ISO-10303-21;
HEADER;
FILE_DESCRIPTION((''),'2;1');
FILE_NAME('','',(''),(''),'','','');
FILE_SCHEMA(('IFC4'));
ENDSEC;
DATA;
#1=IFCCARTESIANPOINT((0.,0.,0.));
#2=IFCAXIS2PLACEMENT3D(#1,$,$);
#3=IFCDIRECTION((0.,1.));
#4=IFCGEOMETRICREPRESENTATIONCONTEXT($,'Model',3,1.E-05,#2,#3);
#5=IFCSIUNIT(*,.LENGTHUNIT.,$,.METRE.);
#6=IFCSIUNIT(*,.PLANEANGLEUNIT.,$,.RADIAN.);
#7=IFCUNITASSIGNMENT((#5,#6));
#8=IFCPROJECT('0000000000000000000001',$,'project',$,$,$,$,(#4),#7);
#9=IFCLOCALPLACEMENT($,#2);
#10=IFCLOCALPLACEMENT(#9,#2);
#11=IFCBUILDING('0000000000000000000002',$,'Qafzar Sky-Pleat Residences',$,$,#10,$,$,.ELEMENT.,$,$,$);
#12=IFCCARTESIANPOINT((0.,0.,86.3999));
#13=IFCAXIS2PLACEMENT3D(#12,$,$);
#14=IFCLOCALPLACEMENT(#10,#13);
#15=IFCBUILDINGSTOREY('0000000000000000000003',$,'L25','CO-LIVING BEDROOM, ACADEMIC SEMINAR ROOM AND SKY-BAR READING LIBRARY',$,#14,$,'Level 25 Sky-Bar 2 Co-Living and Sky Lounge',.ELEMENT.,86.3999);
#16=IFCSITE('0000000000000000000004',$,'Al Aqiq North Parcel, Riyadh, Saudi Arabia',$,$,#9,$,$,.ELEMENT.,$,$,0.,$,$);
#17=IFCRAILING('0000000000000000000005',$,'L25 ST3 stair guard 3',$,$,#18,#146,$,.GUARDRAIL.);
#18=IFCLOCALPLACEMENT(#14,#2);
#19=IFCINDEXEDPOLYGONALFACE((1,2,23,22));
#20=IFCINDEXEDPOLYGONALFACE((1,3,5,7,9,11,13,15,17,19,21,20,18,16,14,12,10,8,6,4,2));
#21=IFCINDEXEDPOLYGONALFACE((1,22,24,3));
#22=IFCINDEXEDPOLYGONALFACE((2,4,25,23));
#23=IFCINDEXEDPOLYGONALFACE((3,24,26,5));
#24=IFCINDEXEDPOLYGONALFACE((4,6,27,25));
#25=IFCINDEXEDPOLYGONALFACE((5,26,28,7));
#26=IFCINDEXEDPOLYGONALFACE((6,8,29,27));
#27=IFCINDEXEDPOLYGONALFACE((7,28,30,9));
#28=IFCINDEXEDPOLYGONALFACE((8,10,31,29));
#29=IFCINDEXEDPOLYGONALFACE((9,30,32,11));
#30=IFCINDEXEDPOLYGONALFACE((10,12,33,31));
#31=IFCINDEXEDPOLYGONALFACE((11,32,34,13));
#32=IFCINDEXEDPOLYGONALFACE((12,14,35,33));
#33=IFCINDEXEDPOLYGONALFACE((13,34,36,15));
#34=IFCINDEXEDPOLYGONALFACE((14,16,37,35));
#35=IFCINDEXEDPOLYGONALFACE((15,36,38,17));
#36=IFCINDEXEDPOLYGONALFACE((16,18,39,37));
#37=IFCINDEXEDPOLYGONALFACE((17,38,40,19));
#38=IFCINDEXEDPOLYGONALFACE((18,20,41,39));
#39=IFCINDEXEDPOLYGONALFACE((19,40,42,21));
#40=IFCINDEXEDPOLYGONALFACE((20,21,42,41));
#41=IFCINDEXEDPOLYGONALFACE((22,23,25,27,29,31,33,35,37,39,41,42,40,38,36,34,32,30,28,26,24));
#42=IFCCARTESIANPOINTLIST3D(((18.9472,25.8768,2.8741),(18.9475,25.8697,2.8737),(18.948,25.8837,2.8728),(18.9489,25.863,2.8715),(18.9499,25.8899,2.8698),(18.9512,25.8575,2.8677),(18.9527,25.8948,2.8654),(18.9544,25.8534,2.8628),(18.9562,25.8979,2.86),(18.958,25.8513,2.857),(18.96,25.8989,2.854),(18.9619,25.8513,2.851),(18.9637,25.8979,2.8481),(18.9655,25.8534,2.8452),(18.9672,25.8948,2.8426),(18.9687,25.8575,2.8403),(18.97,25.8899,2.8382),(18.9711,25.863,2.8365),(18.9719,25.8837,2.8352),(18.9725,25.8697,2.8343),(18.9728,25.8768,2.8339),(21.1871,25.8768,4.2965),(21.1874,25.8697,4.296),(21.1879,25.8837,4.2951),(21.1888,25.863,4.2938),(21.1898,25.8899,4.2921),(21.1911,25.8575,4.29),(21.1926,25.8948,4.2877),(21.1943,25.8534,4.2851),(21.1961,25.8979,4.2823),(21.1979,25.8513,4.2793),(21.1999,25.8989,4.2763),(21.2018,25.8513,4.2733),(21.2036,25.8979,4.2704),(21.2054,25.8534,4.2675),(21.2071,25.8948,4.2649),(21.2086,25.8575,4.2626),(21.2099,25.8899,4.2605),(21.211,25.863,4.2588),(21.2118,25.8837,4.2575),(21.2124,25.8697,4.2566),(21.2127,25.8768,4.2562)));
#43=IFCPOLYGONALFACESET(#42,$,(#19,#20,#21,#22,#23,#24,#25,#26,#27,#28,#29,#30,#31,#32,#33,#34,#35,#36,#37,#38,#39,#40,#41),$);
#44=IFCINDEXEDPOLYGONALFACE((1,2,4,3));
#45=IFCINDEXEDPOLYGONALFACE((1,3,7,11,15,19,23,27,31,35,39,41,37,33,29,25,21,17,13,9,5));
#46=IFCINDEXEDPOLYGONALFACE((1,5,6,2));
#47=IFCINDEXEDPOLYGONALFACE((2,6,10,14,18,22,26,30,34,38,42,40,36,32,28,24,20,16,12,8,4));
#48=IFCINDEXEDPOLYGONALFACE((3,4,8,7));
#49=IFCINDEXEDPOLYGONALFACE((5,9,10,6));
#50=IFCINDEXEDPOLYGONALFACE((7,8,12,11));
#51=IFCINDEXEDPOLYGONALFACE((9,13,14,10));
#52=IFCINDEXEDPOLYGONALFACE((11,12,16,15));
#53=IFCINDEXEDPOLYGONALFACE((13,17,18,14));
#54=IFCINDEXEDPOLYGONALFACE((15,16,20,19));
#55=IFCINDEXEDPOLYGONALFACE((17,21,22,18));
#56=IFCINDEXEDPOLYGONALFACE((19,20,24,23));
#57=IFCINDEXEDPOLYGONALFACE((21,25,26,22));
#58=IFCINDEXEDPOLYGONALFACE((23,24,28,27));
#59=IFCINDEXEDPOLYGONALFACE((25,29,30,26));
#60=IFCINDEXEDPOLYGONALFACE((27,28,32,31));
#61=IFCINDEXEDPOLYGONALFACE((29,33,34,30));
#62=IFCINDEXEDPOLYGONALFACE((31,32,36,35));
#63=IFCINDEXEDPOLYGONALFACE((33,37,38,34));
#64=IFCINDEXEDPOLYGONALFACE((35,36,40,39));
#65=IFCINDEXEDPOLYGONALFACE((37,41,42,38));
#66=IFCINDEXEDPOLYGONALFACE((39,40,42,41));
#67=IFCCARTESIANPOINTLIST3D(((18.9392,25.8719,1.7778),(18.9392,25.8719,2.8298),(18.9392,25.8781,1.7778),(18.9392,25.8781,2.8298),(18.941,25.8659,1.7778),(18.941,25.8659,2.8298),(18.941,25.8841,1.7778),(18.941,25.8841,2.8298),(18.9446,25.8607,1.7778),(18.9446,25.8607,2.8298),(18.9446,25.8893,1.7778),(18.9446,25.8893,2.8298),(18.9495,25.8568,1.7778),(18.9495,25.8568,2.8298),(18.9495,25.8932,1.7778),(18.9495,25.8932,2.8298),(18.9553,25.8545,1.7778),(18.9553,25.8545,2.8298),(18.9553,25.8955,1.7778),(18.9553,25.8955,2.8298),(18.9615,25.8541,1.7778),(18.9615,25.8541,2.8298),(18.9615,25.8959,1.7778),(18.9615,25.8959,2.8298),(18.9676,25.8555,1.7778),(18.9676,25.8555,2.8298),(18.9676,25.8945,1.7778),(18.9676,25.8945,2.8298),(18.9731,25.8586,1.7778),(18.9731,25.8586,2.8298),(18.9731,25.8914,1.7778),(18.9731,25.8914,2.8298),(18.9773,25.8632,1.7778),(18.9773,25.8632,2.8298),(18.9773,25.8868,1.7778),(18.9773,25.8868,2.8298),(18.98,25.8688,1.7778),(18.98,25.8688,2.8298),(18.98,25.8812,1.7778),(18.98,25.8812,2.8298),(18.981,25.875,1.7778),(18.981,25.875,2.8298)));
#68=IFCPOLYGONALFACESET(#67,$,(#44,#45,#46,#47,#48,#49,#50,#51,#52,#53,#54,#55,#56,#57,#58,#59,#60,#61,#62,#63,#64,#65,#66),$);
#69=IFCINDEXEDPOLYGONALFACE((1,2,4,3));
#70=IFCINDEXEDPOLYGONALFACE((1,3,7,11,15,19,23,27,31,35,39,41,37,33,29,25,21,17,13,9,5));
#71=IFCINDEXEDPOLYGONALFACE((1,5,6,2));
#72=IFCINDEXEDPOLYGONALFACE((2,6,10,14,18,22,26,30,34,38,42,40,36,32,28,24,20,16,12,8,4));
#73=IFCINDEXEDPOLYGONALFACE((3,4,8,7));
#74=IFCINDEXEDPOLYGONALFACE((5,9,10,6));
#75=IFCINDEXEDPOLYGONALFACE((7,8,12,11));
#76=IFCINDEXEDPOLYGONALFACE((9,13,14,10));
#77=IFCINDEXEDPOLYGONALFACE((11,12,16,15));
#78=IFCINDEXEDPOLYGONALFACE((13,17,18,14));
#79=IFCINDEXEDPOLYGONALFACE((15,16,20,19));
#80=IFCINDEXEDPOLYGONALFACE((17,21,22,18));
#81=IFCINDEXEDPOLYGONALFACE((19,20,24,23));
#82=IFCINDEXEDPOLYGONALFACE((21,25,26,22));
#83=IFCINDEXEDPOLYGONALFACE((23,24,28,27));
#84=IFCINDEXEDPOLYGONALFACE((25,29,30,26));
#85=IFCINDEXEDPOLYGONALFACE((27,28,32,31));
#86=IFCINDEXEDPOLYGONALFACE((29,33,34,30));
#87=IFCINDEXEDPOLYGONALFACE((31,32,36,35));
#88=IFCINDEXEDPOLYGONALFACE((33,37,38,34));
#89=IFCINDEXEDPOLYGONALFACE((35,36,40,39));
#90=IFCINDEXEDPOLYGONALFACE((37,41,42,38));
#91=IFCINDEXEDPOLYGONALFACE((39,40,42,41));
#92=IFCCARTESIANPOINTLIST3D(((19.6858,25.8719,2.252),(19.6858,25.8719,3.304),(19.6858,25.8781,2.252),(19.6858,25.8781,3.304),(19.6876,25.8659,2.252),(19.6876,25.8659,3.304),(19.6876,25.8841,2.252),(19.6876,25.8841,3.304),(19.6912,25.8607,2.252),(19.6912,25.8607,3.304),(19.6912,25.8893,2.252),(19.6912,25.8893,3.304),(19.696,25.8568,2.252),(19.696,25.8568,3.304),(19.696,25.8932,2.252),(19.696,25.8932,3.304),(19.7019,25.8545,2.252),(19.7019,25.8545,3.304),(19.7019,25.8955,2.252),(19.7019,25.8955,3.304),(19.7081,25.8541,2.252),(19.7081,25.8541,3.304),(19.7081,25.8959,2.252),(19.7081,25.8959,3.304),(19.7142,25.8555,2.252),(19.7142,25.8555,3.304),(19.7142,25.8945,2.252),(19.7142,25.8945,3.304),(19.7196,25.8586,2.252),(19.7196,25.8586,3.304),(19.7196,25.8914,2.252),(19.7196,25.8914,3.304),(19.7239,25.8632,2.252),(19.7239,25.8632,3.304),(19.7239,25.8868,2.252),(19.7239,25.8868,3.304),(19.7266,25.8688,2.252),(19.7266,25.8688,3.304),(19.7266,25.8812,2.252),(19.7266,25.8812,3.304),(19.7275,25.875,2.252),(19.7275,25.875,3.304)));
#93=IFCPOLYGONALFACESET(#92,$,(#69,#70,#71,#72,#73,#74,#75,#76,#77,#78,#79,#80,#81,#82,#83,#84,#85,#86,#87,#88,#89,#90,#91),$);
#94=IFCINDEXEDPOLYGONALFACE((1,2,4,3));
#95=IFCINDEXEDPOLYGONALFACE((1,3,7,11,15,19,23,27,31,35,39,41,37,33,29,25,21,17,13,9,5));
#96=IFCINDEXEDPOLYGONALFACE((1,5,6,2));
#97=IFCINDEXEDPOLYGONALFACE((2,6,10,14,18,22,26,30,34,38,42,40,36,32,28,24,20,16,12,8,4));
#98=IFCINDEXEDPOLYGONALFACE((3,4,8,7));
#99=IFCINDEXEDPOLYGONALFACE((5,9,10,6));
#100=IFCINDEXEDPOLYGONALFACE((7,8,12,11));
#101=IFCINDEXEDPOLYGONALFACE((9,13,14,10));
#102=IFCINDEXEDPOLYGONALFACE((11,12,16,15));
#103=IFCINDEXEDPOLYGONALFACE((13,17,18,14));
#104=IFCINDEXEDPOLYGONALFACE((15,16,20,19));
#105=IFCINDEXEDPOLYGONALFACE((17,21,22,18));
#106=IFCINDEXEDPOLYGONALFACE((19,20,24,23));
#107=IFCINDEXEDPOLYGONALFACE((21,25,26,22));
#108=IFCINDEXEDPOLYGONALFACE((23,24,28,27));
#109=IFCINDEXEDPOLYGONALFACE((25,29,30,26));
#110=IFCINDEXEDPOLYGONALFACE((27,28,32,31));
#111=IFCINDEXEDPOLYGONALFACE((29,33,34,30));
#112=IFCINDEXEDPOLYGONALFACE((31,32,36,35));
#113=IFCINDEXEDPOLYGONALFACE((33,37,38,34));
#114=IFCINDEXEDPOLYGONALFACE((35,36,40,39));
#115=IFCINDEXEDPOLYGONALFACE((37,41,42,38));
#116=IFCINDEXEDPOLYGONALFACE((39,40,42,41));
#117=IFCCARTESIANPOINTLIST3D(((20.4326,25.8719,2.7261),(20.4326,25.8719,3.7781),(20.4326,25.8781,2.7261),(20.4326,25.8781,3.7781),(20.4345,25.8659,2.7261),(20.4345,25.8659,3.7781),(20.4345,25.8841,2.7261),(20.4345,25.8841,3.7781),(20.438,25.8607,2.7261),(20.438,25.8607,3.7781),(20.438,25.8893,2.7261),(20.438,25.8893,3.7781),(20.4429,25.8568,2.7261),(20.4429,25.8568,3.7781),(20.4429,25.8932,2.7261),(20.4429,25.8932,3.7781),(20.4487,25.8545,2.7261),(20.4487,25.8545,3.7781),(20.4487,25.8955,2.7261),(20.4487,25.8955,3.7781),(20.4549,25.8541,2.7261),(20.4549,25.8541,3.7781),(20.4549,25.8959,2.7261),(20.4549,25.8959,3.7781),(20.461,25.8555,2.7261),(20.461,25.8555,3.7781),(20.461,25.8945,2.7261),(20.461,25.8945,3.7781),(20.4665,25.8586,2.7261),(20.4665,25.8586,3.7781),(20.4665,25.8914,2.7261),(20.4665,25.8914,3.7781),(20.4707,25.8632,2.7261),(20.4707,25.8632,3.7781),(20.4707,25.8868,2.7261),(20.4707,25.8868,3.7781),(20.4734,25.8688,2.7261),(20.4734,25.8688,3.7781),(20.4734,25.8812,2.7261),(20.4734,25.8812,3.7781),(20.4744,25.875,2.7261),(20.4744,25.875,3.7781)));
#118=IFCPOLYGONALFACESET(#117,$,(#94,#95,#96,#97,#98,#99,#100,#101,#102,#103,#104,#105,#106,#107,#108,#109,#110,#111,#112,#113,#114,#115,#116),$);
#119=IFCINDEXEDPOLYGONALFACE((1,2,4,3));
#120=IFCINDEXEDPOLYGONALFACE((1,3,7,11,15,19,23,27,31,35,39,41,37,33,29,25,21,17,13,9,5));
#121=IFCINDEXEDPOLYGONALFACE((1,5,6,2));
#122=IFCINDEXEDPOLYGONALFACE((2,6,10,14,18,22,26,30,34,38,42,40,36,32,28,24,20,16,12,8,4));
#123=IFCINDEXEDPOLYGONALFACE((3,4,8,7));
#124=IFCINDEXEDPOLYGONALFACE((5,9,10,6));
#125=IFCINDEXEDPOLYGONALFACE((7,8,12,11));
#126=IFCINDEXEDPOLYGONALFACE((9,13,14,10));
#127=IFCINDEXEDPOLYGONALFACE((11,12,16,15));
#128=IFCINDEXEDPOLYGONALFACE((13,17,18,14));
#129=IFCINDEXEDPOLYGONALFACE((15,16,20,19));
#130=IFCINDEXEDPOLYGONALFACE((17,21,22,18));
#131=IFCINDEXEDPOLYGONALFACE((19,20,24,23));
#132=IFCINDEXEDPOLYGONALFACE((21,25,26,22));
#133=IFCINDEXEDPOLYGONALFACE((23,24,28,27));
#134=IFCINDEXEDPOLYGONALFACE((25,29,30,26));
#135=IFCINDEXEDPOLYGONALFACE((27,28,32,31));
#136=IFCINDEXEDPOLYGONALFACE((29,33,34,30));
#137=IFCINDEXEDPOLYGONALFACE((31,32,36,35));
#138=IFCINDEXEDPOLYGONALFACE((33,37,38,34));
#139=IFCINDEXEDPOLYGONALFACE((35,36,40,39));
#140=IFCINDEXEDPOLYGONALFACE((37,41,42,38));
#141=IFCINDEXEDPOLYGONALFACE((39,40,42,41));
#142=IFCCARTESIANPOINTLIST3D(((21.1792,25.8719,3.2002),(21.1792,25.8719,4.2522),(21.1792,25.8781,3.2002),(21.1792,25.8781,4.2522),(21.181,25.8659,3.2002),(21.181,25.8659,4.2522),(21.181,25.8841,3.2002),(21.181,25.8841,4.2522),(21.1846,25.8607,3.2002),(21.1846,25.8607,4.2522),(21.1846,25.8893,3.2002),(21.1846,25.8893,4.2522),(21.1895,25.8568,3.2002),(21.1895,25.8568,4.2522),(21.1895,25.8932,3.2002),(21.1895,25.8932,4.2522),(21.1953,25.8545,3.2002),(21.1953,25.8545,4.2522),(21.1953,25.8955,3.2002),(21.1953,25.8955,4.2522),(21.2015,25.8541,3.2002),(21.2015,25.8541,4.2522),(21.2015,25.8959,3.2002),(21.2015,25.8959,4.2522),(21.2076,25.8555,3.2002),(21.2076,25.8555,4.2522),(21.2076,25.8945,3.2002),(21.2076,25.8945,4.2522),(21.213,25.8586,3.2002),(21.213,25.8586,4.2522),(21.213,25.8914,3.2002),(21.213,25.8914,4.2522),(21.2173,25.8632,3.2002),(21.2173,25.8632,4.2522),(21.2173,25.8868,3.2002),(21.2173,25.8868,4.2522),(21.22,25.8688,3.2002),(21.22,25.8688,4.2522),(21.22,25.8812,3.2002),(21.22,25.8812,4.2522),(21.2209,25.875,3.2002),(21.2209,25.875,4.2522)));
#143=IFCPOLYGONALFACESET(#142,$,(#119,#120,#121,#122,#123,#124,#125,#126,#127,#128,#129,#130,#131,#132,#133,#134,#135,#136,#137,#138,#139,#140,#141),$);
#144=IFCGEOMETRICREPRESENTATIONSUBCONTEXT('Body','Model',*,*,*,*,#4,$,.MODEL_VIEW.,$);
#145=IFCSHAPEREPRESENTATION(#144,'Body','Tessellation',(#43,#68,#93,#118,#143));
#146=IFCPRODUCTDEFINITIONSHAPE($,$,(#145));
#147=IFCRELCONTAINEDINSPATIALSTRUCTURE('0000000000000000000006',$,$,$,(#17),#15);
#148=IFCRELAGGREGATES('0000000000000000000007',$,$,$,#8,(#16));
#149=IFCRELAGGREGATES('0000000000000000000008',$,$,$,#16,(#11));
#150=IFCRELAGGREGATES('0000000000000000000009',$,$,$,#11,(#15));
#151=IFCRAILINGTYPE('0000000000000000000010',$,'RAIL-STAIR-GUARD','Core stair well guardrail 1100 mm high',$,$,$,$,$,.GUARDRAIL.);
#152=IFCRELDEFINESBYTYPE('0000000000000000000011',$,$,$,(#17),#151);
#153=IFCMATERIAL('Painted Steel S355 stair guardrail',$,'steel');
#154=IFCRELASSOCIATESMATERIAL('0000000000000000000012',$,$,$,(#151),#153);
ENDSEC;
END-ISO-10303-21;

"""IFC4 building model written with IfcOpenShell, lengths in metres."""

from ifc_helpers import new_model, si_unit, direction, frame, origin, origin_2d, place, context, subcontext, project, spatial, circle, extrude, source, transform, mapped, material, type_object, element, save


model = new_model("IFC4")

# Units and contexts
model_context = context("Model", 3, precision=1e-05, world=origin(), true_north=direction((0.0, 1.0)))
body_context = subcontext(model_context, "Body", "Model", "MODEL_VIEW")
ifc_project = project(units=[si_unit("LENGTHUNIT", "METRE"), si_unit("PLANEANGLEUNIT", "RADIAN")], contexts=[model_context])

# Site, building, storey
site_placement = place(None, origin())
site = spatial("IfcSite", under=ifc_project, at=site_placement, Name="Al Aqiq North Parcel, Riyadh, Saudi Arabia", CompositionType="ELEMENT", RefElevation=0.0)
building_placement = place(site_placement, origin())
building = spatial("IfcBuilding", under=site, at=building_placement, Name="Qafzar Sky-Pleat Residences", CompositionType="ELEMENT")
storey_placement = place(building_placement, frame((0.0, 0.0, 86.3999)))
storey = spatial("IfcBuildingStorey", under=building, at=storey_placement, Name="L25", Description="CO-LIVING BEDROOM, ACADEMIC SEMINAR ROOM AND SKY-BAR READING LIBRARY", LongName="Level 25 Sky-Bar 2 Co-Living and Sky Lounge", CompositionType="ELEMENT", Elevation=86.3999)

# Railing
ifc_material_1 = material(Name="Painted Steel S355 stair guardrail", Category="steel")
railing_type_1 = type_object("IfcRailingType", Name="RAIL-STAIR-GUARD", Description="Core stair well guardrail 1100 mm high", PredefinedType="GUARDRAIL", material=ifc_material_1)
shared_shape_1 = source(origin(), body_context, "Body", "SweptSolid", [
    extrude(circle(Radius=0.0239, at=origin_2d()), frame((0.0, 0.0, 1.0762), z_axis=(0.844188, 0.0, 0.536048), x_axis=(0.0, 1.0, 0.0)), (0.0, 0.0, 1.0), 2.6533),
    extrude(circle(Radius=0.021, at=origin_2d()), origin(), (0.0, 0.0, 1.0), 1.052),
    extrude(circle(Radius=0.021, at=origin_2d()), frame((0.7466, 0.0, 0.4741)), (0.0, 0.0, 1.0), 1.052),
    extrude(circle(Radius=0.021, at=origin_2d()), frame((1.4934, 0.0, 0.9482)), (0.0, 0.0, 1.0), 1.052),
    extrude(circle(Radius=0.021, at=origin_2d()), frame((2.24, 0.0, 1.4224)), (0.0, 0.0, 1.0), 1.052),
])
railing_1_placement = place(storey_placement, frame((18.96, 25.875, 1.7778)))
element("IfcRailing", 1, at=railing_1_placement, inside=storey, type_object=railing_type_1, Name="L25 ST3 stair guard 3", PredefinedType="GUARDRAIL", context=body_context, shape_type="MappedRepresentation", body=[
    mapped(shared_shape_1, transform((0.0, 0.0, 0.0), x_axis=(1.0, 0.0, 0.0), y_axis=(0.0, 1.0, 0.0), z_axis=(0.0, 0.0, 1.0), scale=1.0)),
])

save(model, "model.ifc")
